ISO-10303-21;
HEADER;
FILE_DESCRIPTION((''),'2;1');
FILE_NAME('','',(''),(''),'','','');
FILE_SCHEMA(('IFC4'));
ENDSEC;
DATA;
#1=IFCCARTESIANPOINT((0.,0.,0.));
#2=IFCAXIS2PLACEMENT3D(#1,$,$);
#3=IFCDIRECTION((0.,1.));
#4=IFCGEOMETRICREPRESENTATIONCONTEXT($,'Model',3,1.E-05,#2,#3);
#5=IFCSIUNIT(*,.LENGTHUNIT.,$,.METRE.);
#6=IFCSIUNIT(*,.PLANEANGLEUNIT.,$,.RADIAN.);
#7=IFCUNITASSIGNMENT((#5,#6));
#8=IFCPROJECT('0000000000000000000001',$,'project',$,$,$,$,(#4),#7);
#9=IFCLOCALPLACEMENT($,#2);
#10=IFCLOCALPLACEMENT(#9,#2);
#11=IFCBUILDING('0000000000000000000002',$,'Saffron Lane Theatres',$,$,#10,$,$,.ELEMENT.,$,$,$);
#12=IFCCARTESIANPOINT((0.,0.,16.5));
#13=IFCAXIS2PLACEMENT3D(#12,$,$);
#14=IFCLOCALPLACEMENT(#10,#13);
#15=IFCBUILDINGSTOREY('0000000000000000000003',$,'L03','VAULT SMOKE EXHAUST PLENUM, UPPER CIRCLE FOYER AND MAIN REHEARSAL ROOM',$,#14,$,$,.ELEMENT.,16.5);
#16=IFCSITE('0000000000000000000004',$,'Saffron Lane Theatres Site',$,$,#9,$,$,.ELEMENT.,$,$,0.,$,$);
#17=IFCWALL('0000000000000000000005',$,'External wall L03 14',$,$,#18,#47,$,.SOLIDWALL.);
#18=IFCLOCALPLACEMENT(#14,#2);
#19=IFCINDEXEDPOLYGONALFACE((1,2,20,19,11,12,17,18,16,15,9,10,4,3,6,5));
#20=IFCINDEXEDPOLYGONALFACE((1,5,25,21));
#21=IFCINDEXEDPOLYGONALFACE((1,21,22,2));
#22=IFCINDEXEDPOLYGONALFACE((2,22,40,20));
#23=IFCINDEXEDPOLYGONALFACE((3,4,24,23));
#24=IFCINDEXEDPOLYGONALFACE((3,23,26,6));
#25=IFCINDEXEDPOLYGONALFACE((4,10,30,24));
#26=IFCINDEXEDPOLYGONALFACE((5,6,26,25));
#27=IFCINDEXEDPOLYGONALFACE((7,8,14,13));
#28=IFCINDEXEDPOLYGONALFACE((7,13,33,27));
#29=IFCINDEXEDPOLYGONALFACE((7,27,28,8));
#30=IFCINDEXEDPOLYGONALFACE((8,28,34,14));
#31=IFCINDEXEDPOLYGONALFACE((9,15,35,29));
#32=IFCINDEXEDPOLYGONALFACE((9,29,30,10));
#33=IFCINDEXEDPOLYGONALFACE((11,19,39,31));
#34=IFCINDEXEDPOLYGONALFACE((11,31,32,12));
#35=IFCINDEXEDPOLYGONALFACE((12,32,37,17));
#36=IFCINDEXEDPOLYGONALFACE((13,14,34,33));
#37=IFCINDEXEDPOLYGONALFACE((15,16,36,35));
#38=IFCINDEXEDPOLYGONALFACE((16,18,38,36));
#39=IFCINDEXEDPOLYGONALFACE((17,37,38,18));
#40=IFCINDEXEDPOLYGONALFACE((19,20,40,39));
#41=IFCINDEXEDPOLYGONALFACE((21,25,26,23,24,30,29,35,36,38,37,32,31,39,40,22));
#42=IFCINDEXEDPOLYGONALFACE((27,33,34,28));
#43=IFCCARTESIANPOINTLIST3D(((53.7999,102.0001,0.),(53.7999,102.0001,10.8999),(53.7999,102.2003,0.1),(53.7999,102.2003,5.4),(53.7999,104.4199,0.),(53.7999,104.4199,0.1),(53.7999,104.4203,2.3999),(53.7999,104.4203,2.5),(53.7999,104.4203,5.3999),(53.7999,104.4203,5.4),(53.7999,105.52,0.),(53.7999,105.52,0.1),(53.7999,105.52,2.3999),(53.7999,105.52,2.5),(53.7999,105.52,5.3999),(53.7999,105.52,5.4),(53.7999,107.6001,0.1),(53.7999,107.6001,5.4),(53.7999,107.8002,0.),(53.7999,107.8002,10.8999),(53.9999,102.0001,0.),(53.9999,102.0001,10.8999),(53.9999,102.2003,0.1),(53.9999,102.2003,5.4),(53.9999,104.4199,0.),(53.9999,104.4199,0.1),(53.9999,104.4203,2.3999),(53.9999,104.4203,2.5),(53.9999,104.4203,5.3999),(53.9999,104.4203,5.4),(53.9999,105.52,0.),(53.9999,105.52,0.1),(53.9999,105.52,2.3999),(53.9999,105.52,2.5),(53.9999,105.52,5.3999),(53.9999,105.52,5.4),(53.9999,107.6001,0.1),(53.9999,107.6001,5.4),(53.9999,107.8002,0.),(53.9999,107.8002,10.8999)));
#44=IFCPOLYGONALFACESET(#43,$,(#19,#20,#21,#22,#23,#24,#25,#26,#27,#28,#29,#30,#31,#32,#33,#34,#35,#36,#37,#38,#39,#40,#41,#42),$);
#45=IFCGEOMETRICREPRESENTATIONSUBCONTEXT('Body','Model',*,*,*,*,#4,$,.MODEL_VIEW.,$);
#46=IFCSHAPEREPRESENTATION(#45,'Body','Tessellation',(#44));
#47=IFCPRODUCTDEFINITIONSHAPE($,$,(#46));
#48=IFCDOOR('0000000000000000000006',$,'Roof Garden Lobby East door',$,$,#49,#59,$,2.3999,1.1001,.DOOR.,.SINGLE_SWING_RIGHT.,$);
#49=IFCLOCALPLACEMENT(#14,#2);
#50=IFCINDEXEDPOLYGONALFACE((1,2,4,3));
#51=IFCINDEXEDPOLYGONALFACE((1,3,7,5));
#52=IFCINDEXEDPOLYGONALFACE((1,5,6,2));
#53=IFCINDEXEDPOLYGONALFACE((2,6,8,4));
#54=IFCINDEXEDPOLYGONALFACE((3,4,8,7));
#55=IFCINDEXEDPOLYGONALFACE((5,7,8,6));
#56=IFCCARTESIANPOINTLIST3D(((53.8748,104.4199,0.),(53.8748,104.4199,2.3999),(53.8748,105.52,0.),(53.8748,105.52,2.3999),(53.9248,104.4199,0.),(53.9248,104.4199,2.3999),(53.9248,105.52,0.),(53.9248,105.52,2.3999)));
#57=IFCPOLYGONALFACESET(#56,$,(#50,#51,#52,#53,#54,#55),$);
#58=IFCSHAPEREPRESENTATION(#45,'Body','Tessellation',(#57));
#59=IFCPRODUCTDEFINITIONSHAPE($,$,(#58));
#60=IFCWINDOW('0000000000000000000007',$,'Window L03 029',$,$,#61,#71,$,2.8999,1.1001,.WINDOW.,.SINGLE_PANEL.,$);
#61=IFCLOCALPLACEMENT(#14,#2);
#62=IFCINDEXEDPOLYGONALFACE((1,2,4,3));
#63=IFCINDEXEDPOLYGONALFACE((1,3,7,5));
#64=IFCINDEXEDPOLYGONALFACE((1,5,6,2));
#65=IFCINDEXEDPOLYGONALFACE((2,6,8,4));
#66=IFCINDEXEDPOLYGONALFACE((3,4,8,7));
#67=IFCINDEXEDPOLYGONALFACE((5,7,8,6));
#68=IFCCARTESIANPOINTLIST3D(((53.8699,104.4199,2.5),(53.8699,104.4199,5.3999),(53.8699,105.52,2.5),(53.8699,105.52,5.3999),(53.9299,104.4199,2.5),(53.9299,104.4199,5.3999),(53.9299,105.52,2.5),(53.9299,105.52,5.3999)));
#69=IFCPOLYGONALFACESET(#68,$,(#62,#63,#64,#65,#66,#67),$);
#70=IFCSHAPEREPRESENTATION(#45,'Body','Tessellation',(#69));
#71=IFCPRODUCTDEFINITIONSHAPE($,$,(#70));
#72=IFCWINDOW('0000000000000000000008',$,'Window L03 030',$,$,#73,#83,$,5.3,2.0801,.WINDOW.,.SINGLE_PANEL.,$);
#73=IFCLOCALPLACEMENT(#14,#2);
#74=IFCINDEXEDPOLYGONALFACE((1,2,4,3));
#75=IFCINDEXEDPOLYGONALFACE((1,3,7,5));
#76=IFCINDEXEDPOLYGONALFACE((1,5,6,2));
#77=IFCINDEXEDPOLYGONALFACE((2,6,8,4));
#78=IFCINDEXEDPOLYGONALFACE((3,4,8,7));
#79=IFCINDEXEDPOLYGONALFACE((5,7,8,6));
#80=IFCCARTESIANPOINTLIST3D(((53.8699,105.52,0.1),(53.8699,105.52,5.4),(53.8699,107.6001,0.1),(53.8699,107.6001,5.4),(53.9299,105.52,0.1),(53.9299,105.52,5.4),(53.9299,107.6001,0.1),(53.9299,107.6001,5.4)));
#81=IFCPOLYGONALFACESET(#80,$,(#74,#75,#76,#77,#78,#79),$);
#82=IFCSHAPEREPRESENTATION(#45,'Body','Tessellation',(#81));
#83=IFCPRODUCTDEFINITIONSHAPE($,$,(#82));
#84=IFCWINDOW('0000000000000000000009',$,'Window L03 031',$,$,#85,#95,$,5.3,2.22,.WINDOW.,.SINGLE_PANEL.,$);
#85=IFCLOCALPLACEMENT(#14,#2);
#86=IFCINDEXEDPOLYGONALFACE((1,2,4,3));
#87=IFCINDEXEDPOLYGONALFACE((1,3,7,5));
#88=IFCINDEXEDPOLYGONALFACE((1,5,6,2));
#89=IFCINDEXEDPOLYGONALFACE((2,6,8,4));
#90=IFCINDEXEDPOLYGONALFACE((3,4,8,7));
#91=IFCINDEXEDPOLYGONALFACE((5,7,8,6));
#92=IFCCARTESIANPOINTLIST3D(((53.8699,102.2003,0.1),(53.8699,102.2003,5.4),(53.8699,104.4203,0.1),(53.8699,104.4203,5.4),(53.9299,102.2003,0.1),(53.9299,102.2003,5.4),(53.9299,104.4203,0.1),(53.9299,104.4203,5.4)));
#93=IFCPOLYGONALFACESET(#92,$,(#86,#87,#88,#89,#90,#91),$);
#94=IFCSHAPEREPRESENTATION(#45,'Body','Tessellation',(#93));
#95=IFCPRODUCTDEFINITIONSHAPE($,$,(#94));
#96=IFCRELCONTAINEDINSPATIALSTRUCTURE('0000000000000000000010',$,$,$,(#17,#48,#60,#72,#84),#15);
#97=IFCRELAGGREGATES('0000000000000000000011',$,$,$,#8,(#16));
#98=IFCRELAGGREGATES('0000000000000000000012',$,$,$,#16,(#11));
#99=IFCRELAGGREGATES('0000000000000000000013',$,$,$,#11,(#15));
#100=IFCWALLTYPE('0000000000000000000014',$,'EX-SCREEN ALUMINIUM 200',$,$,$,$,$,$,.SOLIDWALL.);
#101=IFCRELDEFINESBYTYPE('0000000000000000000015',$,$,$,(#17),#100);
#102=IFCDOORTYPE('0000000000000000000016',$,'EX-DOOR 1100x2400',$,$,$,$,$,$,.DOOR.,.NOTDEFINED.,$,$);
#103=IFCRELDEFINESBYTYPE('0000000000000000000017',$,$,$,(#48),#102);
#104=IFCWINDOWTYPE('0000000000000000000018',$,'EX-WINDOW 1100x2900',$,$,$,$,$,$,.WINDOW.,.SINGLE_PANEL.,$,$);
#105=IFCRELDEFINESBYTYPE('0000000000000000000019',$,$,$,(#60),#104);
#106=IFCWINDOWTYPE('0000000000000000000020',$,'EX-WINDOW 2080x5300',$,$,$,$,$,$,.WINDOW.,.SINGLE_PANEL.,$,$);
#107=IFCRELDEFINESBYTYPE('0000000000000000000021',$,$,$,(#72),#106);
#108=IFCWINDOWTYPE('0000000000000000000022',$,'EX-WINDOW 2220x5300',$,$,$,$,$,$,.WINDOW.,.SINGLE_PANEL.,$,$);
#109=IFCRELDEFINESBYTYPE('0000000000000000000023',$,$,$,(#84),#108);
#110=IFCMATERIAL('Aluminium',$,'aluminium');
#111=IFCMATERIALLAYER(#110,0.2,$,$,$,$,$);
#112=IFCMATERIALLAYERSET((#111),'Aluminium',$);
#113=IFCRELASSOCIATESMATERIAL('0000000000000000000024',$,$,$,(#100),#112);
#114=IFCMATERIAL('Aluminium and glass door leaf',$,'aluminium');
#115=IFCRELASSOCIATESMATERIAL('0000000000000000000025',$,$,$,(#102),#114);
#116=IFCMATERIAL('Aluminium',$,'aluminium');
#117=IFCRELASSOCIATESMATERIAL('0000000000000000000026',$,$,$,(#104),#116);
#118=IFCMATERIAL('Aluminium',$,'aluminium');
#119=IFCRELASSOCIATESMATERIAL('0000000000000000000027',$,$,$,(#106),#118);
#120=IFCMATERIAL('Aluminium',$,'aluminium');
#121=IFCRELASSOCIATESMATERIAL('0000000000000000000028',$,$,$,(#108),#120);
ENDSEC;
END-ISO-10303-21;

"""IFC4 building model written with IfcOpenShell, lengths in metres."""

from ifc_helpers import new_model, si_unit, direction, frame, frame_2d, origin, place, context, subcontext, project, spatial, rectangle, extrude, material, layer, layer_set, type_object, element, fill, save


model = new_model("IFC4")

# Units and contexts
model_context = context("Model", 3, precision=1e-05, world=origin(), true_north=direction((0.0, 1.0)))
body_context = subcontext(model_context, "Body", "Model", "MODEL_VIEW")
ifc_project = project(units=[si_unit("LENGTHUNIT", "METRE"), si_unit("PLANEANGLEUNIT", "RADIAN")], contexts=[model_context])

# Site, building, storey
site_placement = place(None, origin())
site = spatial("IfcSite", under=ifc_project, at=site_placement, Name="Saffron Lane Theatres Site", CompositionType="ELEMENT", RefElevation=0.0)
building_placement = place(site_placement, origin())
building = spatial("IfcBuilding", under=site, at=building_placement, Name="Saffron Lane Theatres", CompositionType="ELEMENT")
storey_placement = place(building_placement, frame((0.0, 0.0, 16.5)))
storey = spatial("IfcBuildingStorey", under=building, at=storey_placement, Name="L03", Description="VAULT SMOKE EXHAUST PLENUM, UPPER CIRCLE FOYER AND MAIN REHEARSAL ROOM", CompositionType="ELEMENT", Elevation=16.5)

# Wall, openings, door, windows
ifc_material_1 = material(Name="Aluminium", Category="aluminium")
ifc_layer_1 = layer(ifc_material_1, 0.2)
ifc_layer_set_1 = layer_set([ifc_layer_1], Name="Aluminium")
wall_type = type_object("IfcWallType", Name="EX-SCREEN ALUMINIUM 200", PredefinedType="SOLIDWALL", material=ifc_layer_set_1)
wall_placement = place(storey_placement, frame((53.8999, 107.8, 0.0), z_axis=(0.0, 0.0, 1.0), x_axis=(0.0, -1.0, 0.0)))
wall = element("IfcWall", 1, at=wall_placement, inside=storey, type_object=wall_type, Name="External wall L03 14", PredefinedType="SOLIDWALL", context=body_context, shape_type="SweptSolid", body=[
    extrude(rectangle(XDim=5.8, YDim=0.2, at=frame_2d((2.8999, 0.0))), origin(), (0.0, 0.0, 1.0), 10.8999),
])
opening_1_placement = place(wall_placement, frame((2.28, 0.0, 0.0)))
opening_1 = element("IfcOpeningElement", 2, at=opening_1_placement, cuts=wall, PredefinedType="OPENING", context=body_context, shape_type="SweptSolid", body=[
    extrude(rectangle(XDim=1.1001, YDim=2.3999, at=frame_2d((0.55, 1.2))), frame((0.0, 0.1099, 0.0), z_axis=(0.0, -1.0, 0.0), x_axis=(1.0, 0.0, 0.0)), (0.0, 0.0, 1.0), 0.22),
])
opening_2_placement = place(wall_placement, frame((2.28, 0.0, 2.5)))
opening_2 = element("IfcOpeningElement", 3, at=opening_2_placement, cuts=wall, PredefinedType="OPENING", context=body_context, shape_type="SweptSolid", body=[
    extrude(rectangle(XDim=1.1001, YDim=2.8999, at=frame_2d((0.55, 1.45))), frame((0.0, 0.1099, 0.0), z_axis=(0.0, -1.0, 0.0), x_axis=(1.0, 0.0, 0.0)), (0.0, 0.0, 1.0), 0.22),
])
opening_3_placement = place(wall_placement, frame((0.2, 0.0, 0.1001)))
opening_3 = element("IfcOpeningElement", 4, at=opening_3_placement, cuts=wall, PredefinedType="OPENING", context=body_context, shape_type="SweptSolid", body=[
    extrude(rectangle(XDim=2.0801, YDim=5.3, at=frame_2d((1.04, 2.6499))), frame((0.0, 0.1099, 0.0), z_axis=(0.0, -1.0, 0.0), x_axis=(1.0, 0.0, 0.0)), (0.0, 0.0, 1.0), 0.22),
])
opening_4_placement = place(wall_placement, frame((3.3799, 0.0, 0.1001)))
opening_4 = element("IfcOpeningElement", 5, at=opening_4_placement, cuts=wall, PredefinedType="OPENING", context=body_context, shape_type="SweptSolid", body=[
    extrude(rectangle(XDim=2.22, YDim=5.3, at=frame_2d((1.1099, 2.6499))), frame((0.0, 0.1099, 0.0), z_axis=(0.0, -1.0, 0.0), x_axis=(1.0, 0.0, 0.0)), (0.0, 0.0, 1.0), 0.22),
])
ifc_material_2 = material(Name="Aluminium and glass door leaf", Category="aluminium")
door_type = type_object("IfcDoorType", Name="EX-DOOR 1100x2400", OperationType="NOTDEFINED", PredefinedType="DOOR", material=ifc_material_2)
door_placement = place(opening_1_placement, origin())
door = element("IfcDoor", 6, at=door_placement, inside=storey, type_object=door_type, Name="Roof Garden Lobby East door", OperationType="SINGLE_SWING_RIGHT", OverallHeight=2.3999, OverallWidth=1.1001, PredefinedType="DOOR", context=body_context, shape_type="SweptSolid", body=[
    extrude(rectangle(XDim=1.1001, YDim=2.3999, at=frame_2d((0.55, 1.2))), frame((0.0, 0.0249, 0.0), z_axis=(0.0, -1.0, 0.0), x_axis=(1.0, 0.0, 0.0)), (0.0, 0.0, 1.0), 0.05),
])
fill(opening_1, door)
ifc_material_3 = material(Name="Aluminium", Category="aluminium")
window_type_1 = type_object("IfcWindowType", Name="EX-WINDOW 1100x2900", PartitioningType="SINGLE_PANEL", PredefinedType="WINDOW", material=ifc_material_3)
window_1_placement = place(opening_2_placement, origin())
window_1 = element("IfcWindow", 7, at=window_1_placement, inside=storey, type_object=window_type_1, Name="Window L03 029", OverallHeight=2.8999, OverallWidth=1.1001, PartitioningType="SINGLE_PANEL", PredefinedType="WINDOW", context=body_context, shape_type="SweptSolid", body=[
    extrude(rectangle(XDim=1.1001, YDim=2.8999, at=frame_2d((0.55, 1.45))), frame((0.0, 0.03, 0.0), z_axis=(0.0, -1.0, 0.0), x_axis=(1.0, 0.0, 0.0)), (0.0, 0.0, 1.0), 0.0601),
])
fill(opening_2, window_1)
ifc_material_4 = material(Name="Aluminium", Category="aluminium")
window_type_2 = type_object("IfcWindowType", Name="EX-WINDOW 2080x5300", PartitioningType="SINGLE_PANEL", PredefinedType="WINDOW", material=ifc_material_4)
window_2_placement = place(opening_3_placement, origin())
window_2 = element("IfcWindow", 8, at=window_2_placement, inside=storey, type_object=window_type_2, Name="Window L03 030", OverallHeight=5.3, OverallWidth=2.0801, PartitioningType="SINGLE_PANEL", PredefinedType="WINDOW", context=body_context, shape_type="SweptSolid", body=[
    extrude(rectangle(XDim=2.0801, YDim=5.3, at=frame_2d((1.04, 2.6499))), frame((0.0, 0.03, 0.0), z_axis=(0.0, -1.0, 0.0), x_axis=(1.0, 0.0, 0.0)), (0.0, 0.0, 1.0), 0.0601),
])
fill(opening_3, window_2)
ifc_material_5 = material(Name="Aluminium", Category="aluminium")
window_type_3 = type_object("IfcWindowType", Name="EX-WINDOW 2220x5300", PartitioningType="SINGLE_PANEL", PredefinedType="WINDOW", material=ifc_material_5)
window_3_placement = place(opening_4_placement, origin())
window_3 = element("IfcWindow", 9, at=window_3_placement, inside=storey, type_object=window_type_3, Name="Window L03 031", OverallHeight=5.3, OverallWidth=2.22, PartitioningType="SINGLE_PANEL", PredefinedType="WINDOW", context=body_context, shape_type="SweptSolid", body=[
    extrude(rectangle(XDim=2.22, YDim=5.3, at=frame_2d((1.1099, 2.6499))), frame((0.0, 0.03, 0.0), z_axis=(0.0, -1.0, 0.0), x_axis=(1.0, 0.0, 0.0)), (0.0, 0.0, 1.0), 0.0601),
])
fill(opening_4, window_3)

save(model, "model.ifc")
